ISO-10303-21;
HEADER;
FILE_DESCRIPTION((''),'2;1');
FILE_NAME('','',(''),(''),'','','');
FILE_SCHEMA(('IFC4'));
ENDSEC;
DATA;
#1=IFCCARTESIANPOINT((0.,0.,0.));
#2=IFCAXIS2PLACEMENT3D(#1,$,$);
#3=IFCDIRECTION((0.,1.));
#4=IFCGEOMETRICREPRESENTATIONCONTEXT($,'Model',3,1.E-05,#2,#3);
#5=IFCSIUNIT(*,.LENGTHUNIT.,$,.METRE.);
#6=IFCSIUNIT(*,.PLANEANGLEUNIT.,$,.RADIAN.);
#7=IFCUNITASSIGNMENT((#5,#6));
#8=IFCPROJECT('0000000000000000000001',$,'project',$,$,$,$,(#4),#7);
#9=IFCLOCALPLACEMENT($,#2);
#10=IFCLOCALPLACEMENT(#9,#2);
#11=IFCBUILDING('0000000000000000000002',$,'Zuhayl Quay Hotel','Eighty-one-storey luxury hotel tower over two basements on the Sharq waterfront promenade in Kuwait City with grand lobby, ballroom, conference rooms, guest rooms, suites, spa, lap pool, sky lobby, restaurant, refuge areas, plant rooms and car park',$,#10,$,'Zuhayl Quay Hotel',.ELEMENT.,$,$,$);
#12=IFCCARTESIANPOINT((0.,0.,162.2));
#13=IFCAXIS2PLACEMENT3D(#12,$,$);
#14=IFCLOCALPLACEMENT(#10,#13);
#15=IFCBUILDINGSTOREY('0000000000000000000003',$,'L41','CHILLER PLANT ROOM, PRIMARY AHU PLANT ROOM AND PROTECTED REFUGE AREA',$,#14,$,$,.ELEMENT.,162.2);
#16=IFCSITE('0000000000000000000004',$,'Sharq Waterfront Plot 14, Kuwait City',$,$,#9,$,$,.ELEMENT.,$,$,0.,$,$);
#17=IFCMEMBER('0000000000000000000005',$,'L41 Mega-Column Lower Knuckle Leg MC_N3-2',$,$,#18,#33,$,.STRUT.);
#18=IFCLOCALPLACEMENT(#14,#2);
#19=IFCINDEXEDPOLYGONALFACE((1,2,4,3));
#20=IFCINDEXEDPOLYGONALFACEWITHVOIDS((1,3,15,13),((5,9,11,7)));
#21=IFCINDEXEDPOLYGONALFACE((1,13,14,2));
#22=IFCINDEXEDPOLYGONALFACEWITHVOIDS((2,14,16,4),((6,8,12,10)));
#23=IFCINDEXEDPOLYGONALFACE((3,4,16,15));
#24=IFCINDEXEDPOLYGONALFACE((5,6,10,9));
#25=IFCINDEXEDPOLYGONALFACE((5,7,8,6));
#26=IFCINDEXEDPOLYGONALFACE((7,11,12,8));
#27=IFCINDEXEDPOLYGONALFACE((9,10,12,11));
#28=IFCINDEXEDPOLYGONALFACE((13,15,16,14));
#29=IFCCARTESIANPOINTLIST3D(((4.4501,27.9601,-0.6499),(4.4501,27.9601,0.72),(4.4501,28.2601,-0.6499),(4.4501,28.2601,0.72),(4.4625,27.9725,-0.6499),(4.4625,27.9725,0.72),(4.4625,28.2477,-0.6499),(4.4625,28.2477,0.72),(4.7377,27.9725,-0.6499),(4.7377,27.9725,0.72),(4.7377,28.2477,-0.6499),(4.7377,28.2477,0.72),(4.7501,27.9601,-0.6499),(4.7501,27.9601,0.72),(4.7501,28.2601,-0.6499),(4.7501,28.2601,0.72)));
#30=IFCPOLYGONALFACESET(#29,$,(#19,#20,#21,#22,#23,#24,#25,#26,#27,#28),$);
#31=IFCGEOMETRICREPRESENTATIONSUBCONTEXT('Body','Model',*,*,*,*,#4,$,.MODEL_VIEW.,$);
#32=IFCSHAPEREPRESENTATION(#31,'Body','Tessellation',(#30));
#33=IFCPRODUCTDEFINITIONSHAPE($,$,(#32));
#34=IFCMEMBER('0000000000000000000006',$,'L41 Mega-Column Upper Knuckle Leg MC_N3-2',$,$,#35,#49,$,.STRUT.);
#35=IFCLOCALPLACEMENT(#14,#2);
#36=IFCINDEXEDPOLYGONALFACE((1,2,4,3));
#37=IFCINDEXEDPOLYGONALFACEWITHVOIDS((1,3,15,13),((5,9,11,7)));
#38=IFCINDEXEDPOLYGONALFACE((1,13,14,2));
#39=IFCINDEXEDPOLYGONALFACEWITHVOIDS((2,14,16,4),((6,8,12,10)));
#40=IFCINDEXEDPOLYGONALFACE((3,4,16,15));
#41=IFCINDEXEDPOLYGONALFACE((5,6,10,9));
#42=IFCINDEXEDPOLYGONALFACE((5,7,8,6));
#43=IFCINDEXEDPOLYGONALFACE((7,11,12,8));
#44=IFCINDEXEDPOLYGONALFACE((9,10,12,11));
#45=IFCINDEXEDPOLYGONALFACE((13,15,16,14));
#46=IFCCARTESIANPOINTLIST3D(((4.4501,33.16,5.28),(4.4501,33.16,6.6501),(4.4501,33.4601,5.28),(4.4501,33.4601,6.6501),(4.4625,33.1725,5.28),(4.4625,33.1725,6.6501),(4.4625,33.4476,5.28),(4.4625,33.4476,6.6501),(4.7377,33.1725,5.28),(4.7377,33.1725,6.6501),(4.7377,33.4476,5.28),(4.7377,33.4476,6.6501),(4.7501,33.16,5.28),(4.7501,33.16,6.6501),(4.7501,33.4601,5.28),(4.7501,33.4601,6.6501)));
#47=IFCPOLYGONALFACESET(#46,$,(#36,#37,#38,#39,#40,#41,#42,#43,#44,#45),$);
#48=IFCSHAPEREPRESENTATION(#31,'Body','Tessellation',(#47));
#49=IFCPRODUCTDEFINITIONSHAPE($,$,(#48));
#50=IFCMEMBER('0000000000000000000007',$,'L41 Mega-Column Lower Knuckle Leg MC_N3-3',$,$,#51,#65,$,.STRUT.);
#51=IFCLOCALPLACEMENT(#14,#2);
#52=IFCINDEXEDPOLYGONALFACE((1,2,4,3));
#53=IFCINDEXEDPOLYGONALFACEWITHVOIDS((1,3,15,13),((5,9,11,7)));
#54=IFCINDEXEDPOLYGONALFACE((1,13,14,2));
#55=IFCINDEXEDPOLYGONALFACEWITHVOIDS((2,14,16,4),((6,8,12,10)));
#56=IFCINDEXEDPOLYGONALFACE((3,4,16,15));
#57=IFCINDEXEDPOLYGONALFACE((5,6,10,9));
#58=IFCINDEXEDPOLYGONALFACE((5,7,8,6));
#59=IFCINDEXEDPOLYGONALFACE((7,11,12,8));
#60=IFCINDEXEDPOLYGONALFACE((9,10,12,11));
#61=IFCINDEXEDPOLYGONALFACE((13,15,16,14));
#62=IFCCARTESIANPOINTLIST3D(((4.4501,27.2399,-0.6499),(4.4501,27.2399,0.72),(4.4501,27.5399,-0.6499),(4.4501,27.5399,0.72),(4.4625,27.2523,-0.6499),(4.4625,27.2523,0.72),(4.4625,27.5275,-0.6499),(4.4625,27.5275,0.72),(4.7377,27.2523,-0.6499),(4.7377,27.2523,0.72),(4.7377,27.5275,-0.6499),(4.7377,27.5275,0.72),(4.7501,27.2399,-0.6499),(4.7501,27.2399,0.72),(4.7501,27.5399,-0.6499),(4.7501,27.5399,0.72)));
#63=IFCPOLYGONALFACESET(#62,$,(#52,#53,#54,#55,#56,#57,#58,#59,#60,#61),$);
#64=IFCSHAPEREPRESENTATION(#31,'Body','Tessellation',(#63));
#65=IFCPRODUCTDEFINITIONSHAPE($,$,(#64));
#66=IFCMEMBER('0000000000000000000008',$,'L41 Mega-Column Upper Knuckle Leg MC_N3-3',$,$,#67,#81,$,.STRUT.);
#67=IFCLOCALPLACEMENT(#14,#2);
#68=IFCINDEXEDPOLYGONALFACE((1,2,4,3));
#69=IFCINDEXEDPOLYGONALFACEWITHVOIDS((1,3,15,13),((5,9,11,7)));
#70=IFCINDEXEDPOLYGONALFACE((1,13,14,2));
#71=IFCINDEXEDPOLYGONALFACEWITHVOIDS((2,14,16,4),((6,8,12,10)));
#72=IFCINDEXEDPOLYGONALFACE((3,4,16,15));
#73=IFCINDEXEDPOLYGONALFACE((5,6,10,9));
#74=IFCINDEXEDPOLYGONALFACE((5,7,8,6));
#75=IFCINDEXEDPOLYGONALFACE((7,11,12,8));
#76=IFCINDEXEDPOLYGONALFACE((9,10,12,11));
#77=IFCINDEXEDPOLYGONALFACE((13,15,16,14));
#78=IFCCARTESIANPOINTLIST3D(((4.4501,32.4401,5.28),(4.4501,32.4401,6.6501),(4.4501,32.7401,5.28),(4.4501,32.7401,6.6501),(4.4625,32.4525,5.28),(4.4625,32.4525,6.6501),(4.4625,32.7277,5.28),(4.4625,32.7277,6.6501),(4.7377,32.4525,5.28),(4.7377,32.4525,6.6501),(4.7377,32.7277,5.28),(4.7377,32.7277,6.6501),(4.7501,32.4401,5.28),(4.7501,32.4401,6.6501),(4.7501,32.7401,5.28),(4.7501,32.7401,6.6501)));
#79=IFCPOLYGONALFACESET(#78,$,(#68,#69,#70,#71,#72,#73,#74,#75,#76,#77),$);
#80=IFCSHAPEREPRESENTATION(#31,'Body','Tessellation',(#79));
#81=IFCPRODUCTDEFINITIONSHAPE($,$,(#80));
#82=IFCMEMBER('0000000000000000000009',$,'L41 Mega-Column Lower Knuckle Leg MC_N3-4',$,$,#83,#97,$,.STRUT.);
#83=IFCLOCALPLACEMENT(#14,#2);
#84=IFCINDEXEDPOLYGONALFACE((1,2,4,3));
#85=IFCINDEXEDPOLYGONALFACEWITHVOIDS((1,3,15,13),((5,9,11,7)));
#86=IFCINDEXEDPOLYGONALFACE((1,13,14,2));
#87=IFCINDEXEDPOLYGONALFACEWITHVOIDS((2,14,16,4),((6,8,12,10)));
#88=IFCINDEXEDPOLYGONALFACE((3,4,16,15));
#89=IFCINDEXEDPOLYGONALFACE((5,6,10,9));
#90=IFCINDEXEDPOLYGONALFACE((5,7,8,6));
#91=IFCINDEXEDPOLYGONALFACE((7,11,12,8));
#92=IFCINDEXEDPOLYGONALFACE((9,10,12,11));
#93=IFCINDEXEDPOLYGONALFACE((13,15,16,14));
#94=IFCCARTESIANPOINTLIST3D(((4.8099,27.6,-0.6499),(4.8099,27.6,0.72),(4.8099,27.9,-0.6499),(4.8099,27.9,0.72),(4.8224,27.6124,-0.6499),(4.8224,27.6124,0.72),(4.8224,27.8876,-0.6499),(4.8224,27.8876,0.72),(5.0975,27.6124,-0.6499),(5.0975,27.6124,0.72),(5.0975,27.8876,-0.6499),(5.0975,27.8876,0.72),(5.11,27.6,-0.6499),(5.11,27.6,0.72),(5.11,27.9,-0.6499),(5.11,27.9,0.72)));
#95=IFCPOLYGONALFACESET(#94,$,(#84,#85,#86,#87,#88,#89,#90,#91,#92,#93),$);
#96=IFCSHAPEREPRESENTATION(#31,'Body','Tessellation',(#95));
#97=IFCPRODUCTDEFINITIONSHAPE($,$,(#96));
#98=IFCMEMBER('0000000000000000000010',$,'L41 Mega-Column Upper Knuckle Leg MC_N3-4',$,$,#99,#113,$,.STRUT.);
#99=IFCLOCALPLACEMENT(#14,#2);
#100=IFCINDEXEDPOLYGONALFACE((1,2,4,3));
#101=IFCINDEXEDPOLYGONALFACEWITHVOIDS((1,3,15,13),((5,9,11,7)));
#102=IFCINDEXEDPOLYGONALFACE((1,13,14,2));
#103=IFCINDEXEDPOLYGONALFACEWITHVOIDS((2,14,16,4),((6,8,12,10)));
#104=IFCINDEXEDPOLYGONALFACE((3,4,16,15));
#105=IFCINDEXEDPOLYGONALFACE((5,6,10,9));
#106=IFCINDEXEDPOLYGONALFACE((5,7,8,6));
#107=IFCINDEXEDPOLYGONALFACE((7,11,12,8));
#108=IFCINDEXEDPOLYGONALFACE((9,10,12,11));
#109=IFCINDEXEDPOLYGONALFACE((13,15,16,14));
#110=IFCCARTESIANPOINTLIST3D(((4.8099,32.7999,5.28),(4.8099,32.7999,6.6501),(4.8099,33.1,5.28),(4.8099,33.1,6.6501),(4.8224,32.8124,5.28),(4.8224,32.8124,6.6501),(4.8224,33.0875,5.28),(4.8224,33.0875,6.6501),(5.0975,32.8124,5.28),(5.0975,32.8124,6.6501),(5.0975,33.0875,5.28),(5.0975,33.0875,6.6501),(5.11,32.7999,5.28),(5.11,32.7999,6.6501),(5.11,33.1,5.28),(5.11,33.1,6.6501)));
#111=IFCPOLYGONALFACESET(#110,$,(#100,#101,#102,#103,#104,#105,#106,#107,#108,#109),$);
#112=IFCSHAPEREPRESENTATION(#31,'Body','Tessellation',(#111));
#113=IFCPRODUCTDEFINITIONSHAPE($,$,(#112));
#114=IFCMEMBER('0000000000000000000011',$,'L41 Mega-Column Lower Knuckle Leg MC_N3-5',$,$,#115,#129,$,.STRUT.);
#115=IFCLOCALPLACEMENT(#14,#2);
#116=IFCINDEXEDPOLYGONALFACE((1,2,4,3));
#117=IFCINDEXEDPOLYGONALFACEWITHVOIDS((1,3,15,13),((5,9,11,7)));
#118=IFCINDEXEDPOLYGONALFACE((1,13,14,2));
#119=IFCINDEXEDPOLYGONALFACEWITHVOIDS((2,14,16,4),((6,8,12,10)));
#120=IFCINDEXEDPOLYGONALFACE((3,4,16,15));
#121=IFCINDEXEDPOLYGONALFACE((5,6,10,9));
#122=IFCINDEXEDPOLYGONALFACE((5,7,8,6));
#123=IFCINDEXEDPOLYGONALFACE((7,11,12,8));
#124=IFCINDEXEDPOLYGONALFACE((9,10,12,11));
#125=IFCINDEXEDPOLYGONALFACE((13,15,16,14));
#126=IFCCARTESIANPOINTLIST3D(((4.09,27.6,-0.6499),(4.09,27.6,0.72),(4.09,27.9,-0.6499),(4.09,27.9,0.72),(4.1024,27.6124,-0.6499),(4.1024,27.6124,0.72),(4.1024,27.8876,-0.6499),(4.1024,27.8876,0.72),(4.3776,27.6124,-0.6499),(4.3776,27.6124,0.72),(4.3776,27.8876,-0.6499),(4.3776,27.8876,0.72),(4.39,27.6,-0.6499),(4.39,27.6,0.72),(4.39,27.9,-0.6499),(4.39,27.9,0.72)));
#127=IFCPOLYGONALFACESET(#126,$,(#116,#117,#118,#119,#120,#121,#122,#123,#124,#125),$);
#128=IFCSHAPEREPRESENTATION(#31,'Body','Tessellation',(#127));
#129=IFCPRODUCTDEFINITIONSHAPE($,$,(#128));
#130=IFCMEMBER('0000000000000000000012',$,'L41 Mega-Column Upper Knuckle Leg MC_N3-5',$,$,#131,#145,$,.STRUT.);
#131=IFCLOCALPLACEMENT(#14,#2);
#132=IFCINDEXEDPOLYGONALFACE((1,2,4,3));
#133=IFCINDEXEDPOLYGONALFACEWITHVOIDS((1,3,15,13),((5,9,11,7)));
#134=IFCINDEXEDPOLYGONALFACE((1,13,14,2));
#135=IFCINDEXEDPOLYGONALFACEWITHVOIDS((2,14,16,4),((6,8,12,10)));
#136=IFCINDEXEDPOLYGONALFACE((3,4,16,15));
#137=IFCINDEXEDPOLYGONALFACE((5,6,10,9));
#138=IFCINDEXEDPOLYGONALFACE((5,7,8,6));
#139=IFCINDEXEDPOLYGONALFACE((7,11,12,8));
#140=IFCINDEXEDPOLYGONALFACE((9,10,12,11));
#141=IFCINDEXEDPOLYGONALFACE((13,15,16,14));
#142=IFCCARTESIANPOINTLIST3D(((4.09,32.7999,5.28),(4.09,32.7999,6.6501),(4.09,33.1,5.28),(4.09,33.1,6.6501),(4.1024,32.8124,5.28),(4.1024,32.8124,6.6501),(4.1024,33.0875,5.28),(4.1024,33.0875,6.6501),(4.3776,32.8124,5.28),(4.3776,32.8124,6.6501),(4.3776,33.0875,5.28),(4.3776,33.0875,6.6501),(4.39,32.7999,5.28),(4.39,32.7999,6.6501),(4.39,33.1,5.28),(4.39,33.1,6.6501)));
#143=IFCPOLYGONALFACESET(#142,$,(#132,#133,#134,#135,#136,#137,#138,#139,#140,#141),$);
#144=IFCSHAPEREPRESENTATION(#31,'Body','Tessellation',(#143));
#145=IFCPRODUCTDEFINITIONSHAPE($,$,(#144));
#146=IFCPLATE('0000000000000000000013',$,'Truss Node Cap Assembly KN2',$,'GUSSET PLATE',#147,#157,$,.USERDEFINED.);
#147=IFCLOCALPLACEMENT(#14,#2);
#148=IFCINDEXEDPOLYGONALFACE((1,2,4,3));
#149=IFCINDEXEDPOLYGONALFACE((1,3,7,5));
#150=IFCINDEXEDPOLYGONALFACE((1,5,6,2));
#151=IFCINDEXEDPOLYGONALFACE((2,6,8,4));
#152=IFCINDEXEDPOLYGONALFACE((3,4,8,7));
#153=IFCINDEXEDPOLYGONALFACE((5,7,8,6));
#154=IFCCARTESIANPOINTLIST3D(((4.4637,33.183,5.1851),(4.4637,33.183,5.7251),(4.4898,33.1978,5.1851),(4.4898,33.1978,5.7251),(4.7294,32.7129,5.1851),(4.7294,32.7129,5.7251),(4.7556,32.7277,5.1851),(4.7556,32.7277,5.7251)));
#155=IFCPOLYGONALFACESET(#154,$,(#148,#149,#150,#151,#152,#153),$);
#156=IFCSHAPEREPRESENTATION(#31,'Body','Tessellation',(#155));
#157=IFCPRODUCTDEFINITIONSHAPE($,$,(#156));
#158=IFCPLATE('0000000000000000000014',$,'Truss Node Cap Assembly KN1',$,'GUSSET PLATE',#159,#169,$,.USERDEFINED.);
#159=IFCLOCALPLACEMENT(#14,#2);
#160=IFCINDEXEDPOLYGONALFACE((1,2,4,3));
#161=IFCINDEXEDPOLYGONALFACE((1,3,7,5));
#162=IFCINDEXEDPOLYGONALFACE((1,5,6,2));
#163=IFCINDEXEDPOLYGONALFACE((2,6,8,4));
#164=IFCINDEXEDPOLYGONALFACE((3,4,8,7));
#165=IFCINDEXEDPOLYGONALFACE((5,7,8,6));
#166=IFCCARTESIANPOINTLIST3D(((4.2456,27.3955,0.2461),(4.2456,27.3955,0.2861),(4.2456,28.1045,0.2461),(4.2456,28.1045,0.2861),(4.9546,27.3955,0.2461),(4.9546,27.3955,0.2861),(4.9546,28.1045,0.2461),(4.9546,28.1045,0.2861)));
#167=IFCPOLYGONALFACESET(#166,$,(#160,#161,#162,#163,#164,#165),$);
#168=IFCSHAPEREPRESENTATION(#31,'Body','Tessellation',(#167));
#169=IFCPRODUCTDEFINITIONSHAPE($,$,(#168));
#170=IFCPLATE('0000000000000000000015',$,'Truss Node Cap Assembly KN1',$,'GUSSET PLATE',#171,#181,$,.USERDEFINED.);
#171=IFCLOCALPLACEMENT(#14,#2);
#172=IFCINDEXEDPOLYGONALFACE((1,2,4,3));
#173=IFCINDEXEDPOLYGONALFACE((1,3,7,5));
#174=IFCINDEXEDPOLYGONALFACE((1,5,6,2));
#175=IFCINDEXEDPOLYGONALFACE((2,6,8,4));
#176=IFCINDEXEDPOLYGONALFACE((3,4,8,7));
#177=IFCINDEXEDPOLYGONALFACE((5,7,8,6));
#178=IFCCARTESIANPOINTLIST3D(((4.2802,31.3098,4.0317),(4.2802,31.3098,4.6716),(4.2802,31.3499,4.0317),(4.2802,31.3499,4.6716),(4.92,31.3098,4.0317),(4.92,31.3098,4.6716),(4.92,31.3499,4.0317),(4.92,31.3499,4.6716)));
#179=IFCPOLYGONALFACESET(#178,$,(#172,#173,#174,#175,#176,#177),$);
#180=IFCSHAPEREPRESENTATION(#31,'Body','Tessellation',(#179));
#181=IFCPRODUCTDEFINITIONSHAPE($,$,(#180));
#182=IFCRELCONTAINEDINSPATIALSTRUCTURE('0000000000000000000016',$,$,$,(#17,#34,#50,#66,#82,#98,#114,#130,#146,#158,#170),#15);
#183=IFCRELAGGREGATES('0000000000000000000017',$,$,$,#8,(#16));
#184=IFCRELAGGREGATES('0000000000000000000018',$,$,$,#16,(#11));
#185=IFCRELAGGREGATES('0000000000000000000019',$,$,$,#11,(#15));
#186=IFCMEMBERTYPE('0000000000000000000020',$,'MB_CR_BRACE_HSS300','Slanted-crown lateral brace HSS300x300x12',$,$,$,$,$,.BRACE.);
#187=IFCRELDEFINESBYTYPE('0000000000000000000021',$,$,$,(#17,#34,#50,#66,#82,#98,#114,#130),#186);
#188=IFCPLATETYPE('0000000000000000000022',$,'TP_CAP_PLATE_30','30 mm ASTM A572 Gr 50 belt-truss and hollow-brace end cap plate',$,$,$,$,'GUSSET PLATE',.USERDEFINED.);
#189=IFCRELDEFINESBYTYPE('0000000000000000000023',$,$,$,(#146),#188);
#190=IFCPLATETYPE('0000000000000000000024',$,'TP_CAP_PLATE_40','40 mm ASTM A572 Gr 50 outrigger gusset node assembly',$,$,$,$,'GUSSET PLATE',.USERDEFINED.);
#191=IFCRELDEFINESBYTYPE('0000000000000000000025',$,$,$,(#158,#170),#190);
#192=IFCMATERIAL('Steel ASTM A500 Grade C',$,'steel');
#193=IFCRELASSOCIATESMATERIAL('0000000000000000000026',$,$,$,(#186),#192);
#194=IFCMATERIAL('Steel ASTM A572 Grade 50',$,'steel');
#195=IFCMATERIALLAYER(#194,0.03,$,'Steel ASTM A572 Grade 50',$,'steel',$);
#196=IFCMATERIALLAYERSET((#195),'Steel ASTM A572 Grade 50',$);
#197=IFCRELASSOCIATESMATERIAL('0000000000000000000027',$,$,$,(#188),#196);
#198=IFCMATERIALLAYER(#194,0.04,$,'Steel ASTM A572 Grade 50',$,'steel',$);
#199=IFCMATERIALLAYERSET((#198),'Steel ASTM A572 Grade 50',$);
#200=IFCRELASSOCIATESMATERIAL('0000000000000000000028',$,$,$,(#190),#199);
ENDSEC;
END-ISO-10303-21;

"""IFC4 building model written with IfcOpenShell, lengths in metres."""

from ifc_helpers import new_model, si_unit, direction, frame, origin, origin_2d, place, context, subcontext, project, spatial, rectangle, hollow_rectangle, extrude, material, layer, layer_set, material_profile, profile_set, type_object, element, save


model = new_model("IFC4")

# Units and contexts
model_context = context("Model", 3, precision=1e-05, world=origin(), true_north=direction((0.0, 1.0)))
body_context = subcontext(model_context, "Body", "Model", "MODEL_VIEW")
ifc_project = project(units=[si_unit("LENGTHUNIT", "METRE"), si_unit("PLANEANGLEUNIT", "RADIAN")], contexts=[model_context])

# Site, building, storey
site_placement = place(None, origin())
site = spatial("IfcSite", under=ifc_project, at=site_placement, Name="Sharq Waterfront Plot 14, Kuwait City", CompositionType="ELEMENT", RefElevation=0.0)
building_placement = place(site_placement, origin())
building = spatial("IfcBuilding", under=site, at=building_placement, Name="Zuhayl Quay Hotel", Description="Eighty-one-storey luxury hotel tower over two basements on the Sharq waterfront promenade in Kuwait City with grand lobby, ballroom, conference rooms, guest rooms, suites, spa, lap pool, sky lobby, restaurant, refuge areas, plant rooms and car park", LongName="Zuhayl Quay Hotel", CompositionType="ELEMENT")
storey_placement = place(building_placement, frame((0.0, 0.0, 162.2)))
storey = spatial("IfcBuildingStorey", under=building, at=storey_placement, Name="L41", Description="CHILLER PLANT ROOM, PRIMARY AHU PLANT ROOM AND PROTECTED REFUGE AREA", CompositionType="ELEMENT", Elevation=162.2)

# Members
ifc_material_1 = material(Name="Steel ASTM A500 Grade C", Category="steel")
ifc_material_profile_1 = material_profile(ifc_material_1, hollow_rectangle(XDim=0.3, YDim=0.3, WallThickness=0.0125, at=origin_2d()), Name="HSS300X300X12")
ifc_profile_set_1 = profile_set([ifc_material_profile_1], Name="Steel ASTM A500 Grade C")
member_type_1 = type_object("IfcMemberType", Name="MB_CR_BRACE_HSS300", Description="Slanted-crown lateral brace HSS300x300x12", PredefinedType="BRACE", material=ifc_profile_set_1)
member_1_placement = place(storey_placement, frame((4.6001, 28.1101, -0.6499), z_axis=(0.0, 0.0, 1.0), x_axis=(1.0, 0.0, 0.0)))
element("IfcMember", 1, at=member_1_placement, inside=storey, type_object=member_type_1, Name="L41 Mega-Column Lower Knuckle Leg MC_N3-2", PredefinedType="STRUT", context=body_context, shape_type="SweptSolid", body=[
    extrude(hollow_rectangle(XDim=0.3, YDim=0.3, WallThickness=0.0125, at=origin_2d()), origin(), (0.0, 0.0, 1.0), 1.3699),
])
member_2_placement = place(storey_placement, frame((4.6001, 33.3101, 5.28), z_axis=(0.0, 0.0, 1.0), x_axis=(1.0, 0.0, 0.0)))
element("IfcMember", 2, at=member_2_placement, inside=storey, type_object=member_type_1, Name="L41 Mega-Column Upper Knuckle Leg MC_N3-2", PredefinedType="STRUT", context=body_context, shape_type="SweptSolid", body=[
    extrude(hollow_rectangle(XDim=0.3, YDim=0.3, WallThickness=0.0125, at=origin_2d()), origin(), (0.0, 0.0, 1.0), 1.3701),
])
member_3_placement = place(storey_placement, frame((4.6001, 27.3899, -0.6499), z_axis=(0.0, 0.0, 1.0), x_axis=(1.0, 0.0, 0.0)))
element("IfcMember", 3, at=member_3_placement, inside=storey, type_object=member_type_1, Name="L41 Mega-Column Lower Knuckle Leg MC_N3-3", PredefinedType="STRUT", context=body_context, shape_type="SweptSolid", body=[
    extrude(hollow_rectangle(XDim=0.3, YDim=0.3, WallThickness=0.0125, at=origin_2d()), origin(), (0.0, 0.0, 1.0), 1.3699),
])
member_4_placement = place(storey_placement, frame((4.6001, 32.5901, 5.28), z_axis=(0.0, 0.0, 1.0), x_axis=(1.0, 0.0, 0.0)))
element("IfcMember", 4, at=member_4_placement, inside=storey, type_object=member_type_1, Name="L41 Mega-Column Upper Knuckle Leg MC_N3-3", PredefinedType="STRUT", context=body_context, shape_type="SweptSolid", body=[
    extrude(hollow_rectangle(XDim=0.3, YDim=0.3, WallThickness=0.0125, at=origin_2d()), origin(), (0.0, 0.0, 1.0), 1.3701),
])
member_5_placement = place(storey_placement, frame((4.96, 27.75, -0.6499), z_axis=(0.0, 0.0, 1.0), x_axis=(1.0, 0.0, 0.0)))
element("IfcMember", 5, at=member_5_placement, inside=storey, type_object=member_type_1, Name="L41 Mega-Column Lower Knuckle Leg MC_N3-4", PredefinedType="STRUT", context=body_context, shape_type="SweptSolid", body=[
    extrude(hollow_rectangle(XDim=0.3, YDim=0.3, WallThickness=0.0125, at=origin_2d()), origin(), (0.0, 0.0, 1.0), 1.3699),
])
member_6_placement = place(storey_placement, frame((4.96, 32.95, 5.28), z_axis=(0.0, 0.0, 1.0), x_axis=(1.0, 0.0, 0.0)))
element("IfcMember", 6, at=member_6_placement, inside=storey, type_object=member_type_1, Name="L41 Mega-Column Upper Knuckle Leg MC_N3-4", PredefinedType="STRUT", context=body_context, shape_type="SweptSolid", body=[
    extrude(hollow_rectangle(XDim=0.3, YDim=0.3, WallThickness=0.0125, at=origin_2d()), origin(), (0.0, 0.0, 1.0), 1.3701),
])
member_7_placement = place(storey_placement, frame((4.24, 27.75, -0.6499), z_axis=(0.0, 0.0, 1.0), x_axis=(1.0, 0.0, 0.0)))
element("IfcMember", 7, at=member_7_placement, inside=storey, type_object=member_type_1, Name="L41 Mega-Column Lower Knuckle Leg MC_N3-5", PredefinedType="STRUT", context=body_context, shape_type="SweptSolid", body=[
    extrude(hollow_rectangle(XDim=0.3, YDim=0.3, WallThickness=0.0125, at=origin_2d()), origin(), (0.0, 0.0, 1.0), 1.3699),
])
member_8_placement = place(storey_placement, frame((4.24, 32.95, 5.28), z_axis=(0.0, 0.0, 1.0), x_axis=(1.0, 0.0, 0.0)))
element("IfcMember", 8, at=member_8_placement, inside=storey, type_object=member_type_1, Name="L41 Mega-Column Upper Knuckle Leg MC_N3-5", PredefinedType="STRUT", context=body_context, shape_type="SweptSolid", body=[
    extrude(hollow_rectangle(XDim=0.3, YDim=0.3, WallThickness=0.0125, at=origin_2d()), origin(), (0.0, 0.0, 1.0), 1.3701),
])

# Plates
ifc_material_2 = material(Name="Steel ASTM A572 Grade 50", Category="steel")
ifc_layer_1 = layer(ifc_material_2, 0.03, Name="Steel ASTM A572 Grade 50", Category="steel")
ifc_layer_set_1 = layer_set([ifc_layer_1], Name="Steel ASTM A572 Grade 50")
plate_type_1 = type_object("IfcPlateType", Name="TP_CAP_PLATE_30", Description="30 mm ASTM A572 Gr 50 belt-truss and hollow-brace end cap plate", ElementType="GUSSET PLATE", PredefinedType="USERDEFINED", material=ifc_layer_set_1)
plate_1_placement = place(storey_placement, frame((4.6096, 32.9553, 5.1851), z_axis=(0.0, 0.0, 1.0), x_axis=(0.870528, 0.49212, 0.0)))
element("IfcPlate", 9, at=plate_1_placement, inside=storey, type_object=plate_type_1, Name="Truss Node Cap Assembly KN2", ObjectType="GUSSET PLATE", PredefinedType="USERDEFINED", context=body_context, shape_type="SweptSolid", body=[
    extrude(rectangle(XDim=0.03, YDim=0.54, at=origin_2d()), origin(), (0.0, 0.0, 1.0), 0.54),
])
ifc_layer_2 = layer(ifc_material_2, 0.04, Name="Steel ASTM A572 Grade 50", Category="steel")
ifc_layer_set_2 = layer_set([ifc_layer_2], Name="Steel ASTM A572 Grade 50")
plate_type_2 = type_object("IfcPlateType", Name="TP_CAP_PLATE_40", Description="40 mm ASTM A572 Gr 50 outrigger gusset node assembly", ElementType="GUSSET PLATE", PredefinedType="USERDEFINED", material=ifc_layer_set_2)
plate_2_placement = place(storey_placement, frame((4.6001, 27.75, 0.2461), z_axis=(0.0, 0.0, 1.0), x_axis=(1.0, 0.0, 0.0)))
element("IfcPlate", 10, at=plate_2_placement, inside=storey, type_object=plate_type_2, Name="Truss Node Cap Assembly KN1", ObjectType="GUSSET PLATE", PredefinedType="USERDEFINED", context=body_context, shape_type="SweptSolid", body=[
    extrude(rectangle(XDim=0.709, YDim=0.709, at=origin_2d()), origin(), (0.0, 0.0, 1.0), 0.04),
])
plate_3_placement = place(storey_placement, frame((4.6001, 31.3298, 4.0317), z_axis=(0.0, 0.0, 1.0), x_axis=(0.0, 1.0, 0.0)))
element("IfcPlate", 11, at=plate_3_placement, inside=storey, type_object=plate_type_2, Name="Truss Node Cap Assembly KN1", ObjectType="GUSSET PLATE", PredefinedType="USERDEFINED", context=body_context, shape_type="SweptSolid", body=[
    extrude(rectangle(XDim=0.04, YDim=0.6399, at=origin_2d()), origin(), (0.0, 0.0, 1.0), 0.6399),
])

save(model, "model.ifc")
